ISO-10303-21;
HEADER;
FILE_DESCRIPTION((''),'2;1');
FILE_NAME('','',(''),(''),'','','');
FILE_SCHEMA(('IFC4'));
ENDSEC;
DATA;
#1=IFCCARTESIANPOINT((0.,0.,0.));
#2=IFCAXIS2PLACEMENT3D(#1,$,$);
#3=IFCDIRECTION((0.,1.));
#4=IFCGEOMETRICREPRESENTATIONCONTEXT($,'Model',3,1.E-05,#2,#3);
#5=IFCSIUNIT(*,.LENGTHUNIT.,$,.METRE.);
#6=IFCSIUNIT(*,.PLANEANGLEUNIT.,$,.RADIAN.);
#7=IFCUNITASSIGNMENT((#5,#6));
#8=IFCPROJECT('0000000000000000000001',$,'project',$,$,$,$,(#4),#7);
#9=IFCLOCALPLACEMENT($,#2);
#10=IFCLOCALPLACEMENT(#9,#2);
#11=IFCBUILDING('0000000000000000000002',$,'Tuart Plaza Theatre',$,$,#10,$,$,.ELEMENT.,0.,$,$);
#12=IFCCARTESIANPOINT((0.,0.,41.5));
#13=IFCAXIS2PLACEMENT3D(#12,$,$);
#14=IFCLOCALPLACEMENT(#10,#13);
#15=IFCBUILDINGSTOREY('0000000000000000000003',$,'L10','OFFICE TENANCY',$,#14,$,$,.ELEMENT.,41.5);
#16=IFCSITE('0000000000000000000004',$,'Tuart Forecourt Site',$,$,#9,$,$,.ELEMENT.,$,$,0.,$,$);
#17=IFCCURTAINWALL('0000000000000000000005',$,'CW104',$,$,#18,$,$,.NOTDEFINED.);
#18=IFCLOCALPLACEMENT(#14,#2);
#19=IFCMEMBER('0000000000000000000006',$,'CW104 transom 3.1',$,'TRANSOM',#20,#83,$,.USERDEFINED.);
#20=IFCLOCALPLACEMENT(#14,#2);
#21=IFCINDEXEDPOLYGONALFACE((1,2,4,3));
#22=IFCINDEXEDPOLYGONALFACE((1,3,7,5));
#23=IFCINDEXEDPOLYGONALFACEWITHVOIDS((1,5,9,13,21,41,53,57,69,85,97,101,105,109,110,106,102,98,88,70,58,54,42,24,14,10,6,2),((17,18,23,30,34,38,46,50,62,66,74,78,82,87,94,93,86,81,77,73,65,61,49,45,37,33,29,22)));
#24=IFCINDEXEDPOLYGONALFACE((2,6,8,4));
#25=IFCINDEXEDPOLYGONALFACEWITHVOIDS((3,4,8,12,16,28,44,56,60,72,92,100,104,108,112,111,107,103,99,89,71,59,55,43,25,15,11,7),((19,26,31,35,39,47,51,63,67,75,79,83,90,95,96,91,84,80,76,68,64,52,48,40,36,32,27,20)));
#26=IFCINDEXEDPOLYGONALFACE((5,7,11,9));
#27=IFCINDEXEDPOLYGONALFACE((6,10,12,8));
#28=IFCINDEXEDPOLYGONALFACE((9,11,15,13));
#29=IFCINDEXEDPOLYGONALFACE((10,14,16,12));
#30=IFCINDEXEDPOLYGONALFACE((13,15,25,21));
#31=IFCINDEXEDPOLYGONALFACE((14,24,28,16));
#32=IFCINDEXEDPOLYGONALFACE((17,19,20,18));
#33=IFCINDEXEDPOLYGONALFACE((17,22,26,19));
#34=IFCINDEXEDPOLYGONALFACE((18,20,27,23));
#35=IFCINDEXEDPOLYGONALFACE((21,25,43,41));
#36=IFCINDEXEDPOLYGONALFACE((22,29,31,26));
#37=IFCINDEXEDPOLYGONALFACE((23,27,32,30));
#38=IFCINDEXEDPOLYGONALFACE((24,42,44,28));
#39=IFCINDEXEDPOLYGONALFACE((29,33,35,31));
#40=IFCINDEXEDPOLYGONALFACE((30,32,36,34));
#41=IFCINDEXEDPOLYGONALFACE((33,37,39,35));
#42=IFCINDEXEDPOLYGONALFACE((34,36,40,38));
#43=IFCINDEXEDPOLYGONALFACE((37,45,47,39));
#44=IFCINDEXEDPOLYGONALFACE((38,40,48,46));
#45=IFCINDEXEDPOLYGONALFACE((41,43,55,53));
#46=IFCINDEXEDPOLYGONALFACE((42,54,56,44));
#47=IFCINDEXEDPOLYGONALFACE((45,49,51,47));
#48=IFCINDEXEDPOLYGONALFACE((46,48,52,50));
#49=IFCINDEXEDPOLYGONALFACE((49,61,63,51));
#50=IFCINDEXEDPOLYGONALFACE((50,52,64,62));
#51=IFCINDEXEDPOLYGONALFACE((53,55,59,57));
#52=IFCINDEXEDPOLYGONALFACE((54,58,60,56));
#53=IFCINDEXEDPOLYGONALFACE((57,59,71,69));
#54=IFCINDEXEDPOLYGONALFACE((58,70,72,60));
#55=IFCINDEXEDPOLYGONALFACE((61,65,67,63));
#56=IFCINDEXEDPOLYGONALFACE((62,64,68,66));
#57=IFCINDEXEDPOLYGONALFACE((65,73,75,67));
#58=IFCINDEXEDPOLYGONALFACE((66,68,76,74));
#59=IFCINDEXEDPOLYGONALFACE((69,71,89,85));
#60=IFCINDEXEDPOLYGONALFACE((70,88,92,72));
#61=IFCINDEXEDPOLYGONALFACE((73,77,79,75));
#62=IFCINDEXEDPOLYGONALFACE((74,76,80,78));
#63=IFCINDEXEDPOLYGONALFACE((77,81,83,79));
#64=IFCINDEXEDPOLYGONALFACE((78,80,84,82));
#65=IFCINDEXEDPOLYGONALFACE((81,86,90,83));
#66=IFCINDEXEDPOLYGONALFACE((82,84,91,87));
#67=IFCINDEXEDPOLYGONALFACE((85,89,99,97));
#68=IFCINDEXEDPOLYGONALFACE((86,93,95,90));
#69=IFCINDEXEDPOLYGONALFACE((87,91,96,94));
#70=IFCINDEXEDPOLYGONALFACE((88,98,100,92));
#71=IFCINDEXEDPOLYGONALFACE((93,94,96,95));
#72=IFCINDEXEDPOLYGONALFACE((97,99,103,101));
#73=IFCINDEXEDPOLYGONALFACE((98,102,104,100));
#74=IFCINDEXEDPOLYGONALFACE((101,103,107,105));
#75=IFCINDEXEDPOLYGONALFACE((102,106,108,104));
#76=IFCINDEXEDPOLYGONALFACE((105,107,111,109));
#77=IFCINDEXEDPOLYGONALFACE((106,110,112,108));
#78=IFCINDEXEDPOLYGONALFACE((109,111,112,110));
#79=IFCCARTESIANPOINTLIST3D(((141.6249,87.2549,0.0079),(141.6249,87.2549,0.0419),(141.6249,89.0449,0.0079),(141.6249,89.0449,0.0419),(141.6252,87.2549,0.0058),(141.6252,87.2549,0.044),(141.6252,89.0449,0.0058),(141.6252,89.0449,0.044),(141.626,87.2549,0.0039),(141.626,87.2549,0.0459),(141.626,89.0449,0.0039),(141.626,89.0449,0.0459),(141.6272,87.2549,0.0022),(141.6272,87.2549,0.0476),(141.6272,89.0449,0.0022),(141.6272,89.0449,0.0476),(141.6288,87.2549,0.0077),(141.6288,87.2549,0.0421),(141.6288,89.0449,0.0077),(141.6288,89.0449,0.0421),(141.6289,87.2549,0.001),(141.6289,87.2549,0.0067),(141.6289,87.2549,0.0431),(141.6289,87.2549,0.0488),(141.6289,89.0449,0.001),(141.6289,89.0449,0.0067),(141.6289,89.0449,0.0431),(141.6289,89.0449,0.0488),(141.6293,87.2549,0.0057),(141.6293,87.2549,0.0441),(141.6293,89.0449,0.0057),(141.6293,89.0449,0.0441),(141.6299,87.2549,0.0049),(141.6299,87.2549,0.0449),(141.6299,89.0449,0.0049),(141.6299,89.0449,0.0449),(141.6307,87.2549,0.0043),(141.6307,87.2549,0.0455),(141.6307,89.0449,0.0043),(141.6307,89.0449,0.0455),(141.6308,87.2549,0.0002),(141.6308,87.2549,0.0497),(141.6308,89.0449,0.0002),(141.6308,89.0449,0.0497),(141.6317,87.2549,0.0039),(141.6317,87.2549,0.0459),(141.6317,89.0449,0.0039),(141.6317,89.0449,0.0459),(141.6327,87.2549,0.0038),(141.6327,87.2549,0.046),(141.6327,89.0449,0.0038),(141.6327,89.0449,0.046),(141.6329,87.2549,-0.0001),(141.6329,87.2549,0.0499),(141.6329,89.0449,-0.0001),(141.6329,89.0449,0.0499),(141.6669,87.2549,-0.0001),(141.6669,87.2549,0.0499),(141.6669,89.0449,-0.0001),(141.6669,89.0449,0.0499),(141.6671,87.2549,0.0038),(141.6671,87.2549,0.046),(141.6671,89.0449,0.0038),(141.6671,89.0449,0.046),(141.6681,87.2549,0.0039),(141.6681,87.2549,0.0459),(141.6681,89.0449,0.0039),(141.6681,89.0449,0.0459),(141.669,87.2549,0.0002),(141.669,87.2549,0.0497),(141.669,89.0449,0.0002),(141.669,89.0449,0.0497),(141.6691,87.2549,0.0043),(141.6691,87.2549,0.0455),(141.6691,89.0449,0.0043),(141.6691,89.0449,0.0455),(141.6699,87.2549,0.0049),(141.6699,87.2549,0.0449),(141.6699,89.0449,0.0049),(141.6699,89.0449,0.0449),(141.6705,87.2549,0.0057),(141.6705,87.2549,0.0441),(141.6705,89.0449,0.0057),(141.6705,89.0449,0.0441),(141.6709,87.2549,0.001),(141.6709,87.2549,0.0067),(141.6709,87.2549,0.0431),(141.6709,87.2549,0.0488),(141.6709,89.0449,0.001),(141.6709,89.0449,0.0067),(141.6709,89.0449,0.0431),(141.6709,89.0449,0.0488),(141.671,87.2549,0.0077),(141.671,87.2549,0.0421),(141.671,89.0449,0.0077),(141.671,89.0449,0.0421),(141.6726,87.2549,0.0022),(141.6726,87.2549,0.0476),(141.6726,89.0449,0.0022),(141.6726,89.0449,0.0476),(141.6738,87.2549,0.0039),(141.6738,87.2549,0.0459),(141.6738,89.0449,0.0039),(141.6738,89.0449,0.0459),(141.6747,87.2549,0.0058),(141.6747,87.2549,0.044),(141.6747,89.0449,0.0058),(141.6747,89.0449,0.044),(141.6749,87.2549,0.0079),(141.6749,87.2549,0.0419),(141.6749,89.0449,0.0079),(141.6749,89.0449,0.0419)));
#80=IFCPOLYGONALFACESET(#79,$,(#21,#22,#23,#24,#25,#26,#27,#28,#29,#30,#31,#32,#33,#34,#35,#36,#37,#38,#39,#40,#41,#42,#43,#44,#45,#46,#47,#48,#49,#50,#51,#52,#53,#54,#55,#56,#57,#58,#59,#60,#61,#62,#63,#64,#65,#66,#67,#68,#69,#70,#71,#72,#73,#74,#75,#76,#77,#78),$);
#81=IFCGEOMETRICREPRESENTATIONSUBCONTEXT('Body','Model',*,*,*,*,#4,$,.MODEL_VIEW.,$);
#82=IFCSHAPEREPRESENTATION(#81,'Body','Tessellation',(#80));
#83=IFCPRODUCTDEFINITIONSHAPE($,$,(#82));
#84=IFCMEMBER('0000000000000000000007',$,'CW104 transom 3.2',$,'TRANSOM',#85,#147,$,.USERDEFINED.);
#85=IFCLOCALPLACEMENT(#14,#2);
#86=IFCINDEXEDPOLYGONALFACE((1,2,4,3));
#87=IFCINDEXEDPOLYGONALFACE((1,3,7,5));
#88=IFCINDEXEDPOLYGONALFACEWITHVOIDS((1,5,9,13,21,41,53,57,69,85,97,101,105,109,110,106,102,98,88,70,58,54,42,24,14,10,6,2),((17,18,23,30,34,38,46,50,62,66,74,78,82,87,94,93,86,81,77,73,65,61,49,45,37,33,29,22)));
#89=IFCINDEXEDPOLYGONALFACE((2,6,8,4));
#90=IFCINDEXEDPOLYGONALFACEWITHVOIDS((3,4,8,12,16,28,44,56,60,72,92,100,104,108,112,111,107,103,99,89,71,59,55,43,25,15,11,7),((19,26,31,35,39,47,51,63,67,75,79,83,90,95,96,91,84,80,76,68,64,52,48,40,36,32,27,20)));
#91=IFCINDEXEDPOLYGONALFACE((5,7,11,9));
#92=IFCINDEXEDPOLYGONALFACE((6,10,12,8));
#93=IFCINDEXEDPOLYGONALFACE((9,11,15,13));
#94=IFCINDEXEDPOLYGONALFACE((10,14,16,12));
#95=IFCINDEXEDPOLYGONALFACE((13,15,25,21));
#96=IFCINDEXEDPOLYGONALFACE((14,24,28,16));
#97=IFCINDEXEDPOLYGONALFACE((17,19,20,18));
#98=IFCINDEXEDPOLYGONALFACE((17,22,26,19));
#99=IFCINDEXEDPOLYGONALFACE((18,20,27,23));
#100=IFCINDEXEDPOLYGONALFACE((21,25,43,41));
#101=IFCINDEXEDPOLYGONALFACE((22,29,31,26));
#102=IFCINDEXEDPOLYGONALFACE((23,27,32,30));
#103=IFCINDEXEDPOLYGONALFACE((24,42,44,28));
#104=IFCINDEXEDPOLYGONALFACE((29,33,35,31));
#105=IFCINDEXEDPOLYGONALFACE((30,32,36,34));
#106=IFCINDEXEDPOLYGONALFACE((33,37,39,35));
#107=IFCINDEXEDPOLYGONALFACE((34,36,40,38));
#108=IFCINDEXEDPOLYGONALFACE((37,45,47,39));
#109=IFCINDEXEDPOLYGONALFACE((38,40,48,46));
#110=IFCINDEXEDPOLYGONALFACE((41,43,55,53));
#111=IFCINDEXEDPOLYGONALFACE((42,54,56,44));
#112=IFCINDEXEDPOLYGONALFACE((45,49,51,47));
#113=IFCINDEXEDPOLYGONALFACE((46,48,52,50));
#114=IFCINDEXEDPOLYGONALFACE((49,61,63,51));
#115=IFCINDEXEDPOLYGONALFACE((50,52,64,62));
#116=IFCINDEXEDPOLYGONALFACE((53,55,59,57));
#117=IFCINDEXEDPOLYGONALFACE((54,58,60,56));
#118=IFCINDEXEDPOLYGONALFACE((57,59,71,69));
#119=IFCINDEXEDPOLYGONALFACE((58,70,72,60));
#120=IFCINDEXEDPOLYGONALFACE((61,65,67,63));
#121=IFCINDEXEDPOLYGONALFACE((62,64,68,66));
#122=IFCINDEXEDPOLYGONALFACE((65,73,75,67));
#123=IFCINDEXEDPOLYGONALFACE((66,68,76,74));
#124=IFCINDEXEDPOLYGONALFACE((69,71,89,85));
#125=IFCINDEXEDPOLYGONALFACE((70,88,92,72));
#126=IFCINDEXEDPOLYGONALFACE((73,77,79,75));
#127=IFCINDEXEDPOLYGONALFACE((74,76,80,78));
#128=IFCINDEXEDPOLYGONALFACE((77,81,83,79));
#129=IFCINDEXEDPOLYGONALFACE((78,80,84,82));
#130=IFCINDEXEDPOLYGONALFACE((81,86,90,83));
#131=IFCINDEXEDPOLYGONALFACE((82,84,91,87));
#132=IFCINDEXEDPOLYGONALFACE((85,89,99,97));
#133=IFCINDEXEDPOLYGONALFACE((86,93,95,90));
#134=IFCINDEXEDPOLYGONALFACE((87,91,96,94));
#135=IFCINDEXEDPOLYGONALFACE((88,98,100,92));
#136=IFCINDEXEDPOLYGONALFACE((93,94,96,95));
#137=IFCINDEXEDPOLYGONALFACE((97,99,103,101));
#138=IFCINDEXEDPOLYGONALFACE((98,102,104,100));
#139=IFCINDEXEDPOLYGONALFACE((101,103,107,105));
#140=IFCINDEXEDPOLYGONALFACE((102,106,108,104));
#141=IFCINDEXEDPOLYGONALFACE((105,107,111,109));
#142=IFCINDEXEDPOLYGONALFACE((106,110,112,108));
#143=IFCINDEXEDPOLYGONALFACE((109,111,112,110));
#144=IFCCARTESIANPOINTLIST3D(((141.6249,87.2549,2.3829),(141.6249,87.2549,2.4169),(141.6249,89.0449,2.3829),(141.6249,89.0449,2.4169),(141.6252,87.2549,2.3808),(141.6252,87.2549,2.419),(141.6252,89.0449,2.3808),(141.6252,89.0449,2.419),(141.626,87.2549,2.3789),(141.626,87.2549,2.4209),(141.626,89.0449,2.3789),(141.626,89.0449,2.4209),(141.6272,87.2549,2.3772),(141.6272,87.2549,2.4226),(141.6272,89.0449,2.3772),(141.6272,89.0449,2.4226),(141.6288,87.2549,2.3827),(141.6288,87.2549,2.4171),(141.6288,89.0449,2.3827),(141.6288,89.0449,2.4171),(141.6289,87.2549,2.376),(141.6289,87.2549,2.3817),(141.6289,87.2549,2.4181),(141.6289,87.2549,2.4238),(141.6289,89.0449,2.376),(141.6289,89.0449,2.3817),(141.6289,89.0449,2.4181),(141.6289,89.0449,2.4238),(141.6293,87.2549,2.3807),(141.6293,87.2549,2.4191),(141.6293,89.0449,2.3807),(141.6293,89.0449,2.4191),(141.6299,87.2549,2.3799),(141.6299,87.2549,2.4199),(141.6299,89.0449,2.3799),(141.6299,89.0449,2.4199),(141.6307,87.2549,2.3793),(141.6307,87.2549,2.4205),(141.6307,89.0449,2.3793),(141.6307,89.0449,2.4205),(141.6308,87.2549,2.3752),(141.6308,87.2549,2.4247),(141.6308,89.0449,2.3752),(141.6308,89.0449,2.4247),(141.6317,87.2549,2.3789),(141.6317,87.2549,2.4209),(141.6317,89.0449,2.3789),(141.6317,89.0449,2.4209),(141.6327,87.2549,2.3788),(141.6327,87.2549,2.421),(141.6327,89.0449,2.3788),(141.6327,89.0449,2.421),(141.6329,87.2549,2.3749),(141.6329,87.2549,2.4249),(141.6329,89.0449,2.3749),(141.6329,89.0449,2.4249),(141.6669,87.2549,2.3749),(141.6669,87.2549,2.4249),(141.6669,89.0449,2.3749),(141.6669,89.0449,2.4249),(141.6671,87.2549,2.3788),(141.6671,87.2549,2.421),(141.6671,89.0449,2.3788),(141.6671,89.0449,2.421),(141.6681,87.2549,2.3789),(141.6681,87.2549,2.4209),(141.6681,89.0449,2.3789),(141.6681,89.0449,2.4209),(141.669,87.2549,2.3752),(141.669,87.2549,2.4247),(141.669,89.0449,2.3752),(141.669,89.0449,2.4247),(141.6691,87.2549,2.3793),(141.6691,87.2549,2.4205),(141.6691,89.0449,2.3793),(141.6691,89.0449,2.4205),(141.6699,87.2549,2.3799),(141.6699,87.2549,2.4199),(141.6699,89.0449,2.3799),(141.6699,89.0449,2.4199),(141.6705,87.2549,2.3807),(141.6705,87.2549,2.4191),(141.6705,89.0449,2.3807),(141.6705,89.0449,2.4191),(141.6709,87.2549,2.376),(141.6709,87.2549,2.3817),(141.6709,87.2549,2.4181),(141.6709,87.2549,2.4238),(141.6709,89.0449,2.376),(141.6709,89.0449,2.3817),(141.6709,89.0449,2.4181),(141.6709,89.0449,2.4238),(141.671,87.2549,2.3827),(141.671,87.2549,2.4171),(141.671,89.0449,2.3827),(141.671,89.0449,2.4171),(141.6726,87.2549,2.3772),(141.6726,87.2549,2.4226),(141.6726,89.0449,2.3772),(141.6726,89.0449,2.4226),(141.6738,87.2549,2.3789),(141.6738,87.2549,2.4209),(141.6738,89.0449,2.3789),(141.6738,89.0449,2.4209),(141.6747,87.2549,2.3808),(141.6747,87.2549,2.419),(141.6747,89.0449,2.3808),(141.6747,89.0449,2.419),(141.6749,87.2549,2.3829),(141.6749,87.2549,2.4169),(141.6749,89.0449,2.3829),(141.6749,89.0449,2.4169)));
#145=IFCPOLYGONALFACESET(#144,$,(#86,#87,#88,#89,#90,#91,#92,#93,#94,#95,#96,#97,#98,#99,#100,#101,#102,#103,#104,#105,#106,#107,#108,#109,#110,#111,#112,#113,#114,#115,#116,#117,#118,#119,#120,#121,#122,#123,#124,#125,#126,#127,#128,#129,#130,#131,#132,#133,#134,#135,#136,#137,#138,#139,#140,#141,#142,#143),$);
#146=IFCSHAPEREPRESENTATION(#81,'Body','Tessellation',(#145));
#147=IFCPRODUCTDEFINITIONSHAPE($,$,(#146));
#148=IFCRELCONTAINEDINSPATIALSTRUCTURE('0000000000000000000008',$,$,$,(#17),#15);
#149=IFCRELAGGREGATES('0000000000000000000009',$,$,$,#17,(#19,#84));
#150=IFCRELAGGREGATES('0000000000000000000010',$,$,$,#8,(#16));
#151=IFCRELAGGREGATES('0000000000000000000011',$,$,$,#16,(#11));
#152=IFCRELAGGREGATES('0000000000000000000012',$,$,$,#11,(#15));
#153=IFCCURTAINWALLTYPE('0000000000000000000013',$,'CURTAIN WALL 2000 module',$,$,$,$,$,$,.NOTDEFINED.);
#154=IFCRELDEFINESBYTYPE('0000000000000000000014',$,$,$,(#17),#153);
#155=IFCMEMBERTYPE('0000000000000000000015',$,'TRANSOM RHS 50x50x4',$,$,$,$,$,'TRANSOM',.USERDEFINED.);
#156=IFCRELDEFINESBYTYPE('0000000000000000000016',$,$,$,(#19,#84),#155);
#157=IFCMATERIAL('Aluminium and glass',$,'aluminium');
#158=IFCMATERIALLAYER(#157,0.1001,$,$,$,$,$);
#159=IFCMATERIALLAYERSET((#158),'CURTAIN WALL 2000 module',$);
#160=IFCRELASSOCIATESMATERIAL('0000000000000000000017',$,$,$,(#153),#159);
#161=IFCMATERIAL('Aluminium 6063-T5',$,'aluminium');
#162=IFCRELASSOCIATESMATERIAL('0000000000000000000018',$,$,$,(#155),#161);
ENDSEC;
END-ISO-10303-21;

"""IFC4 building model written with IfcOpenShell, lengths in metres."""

from ifc_helpers import new_model, si_unit, direction, frame, origin, origin_2d, place, context, subcontext, project, spatial, hollow_rectangle, extrude, material, layer, layer_set, material_profile, profile_set, type_object, element, aggregate, save


model = new_model("IFC4")

# Units and contexts
model_context = context("Model", 3, precision=1e-05, world=origin(), true_north=direction((0.0, 1.0)))
body_context = subcontext(model_context, "Body", "Model", "MODEL_VIEW")
ifc_project = project(units=[si_unit("LENGTHUNIT", "METRE"), si_unit("PLANEANGLEUNIT", "RADIAN")], contexts=[model_context])

# Site, building, storey
site_placement = place(None, origin())
site = spatial("IfcSite", under=ifc_project, at=site_placement, Name="Tuart Forecourt Site", CompositionType="ELEMENT", RefElevation=0.0)
building_placement = place(site_placement, origin())
building = spatial("IfcBuilding", under=site, at=building_placement, Name="Tuart Plaza Theatre", CompositionType="ELEMENT", ElevationOfRefHeight=0.0)
storey_placement = place(building_placement, frame((0.0, 0.0, 41.5)))
storey = spatial("IfcBuildingStorey", under=building, at=storey_placement, Name="L10", Description="OFFICE TENANCY", CompositionType="ELEMENT", Elevation=41.5)

# Shared definitions
ifc_material_1 = material(Name="Aluminium and glass", Category="aluminium")
ifc_layer_1 = layer(ifc_material_1, 0.1001)
ifc_layer_set_1 = layer_set([ifc_layer_1], Name="CURTAIN WALL 2000 module")
curtain_wall_type = type_object("IfcCurtainWallType", Name="CURTAIN WALL 2000 module", PredefinedType="NOTDEFINED", material=ifc_layer_set_1)

# Curtain wall
curtain_wall_1_placement = place(storey_placement, origin())
curtain_wall_1 = element("IfcCurtainWall", 1, at=curtain_wall_1_placement, inside=storey, type_object=curtain_wall_type, Name="CW104", PredefinedType="NOTDEFINED")

# Members
ifc_material_2 = material(Name="Aluminium 6063-T5", Category="aluminium")
ifc_material_profile_1 = material_profile(ifc_material_2, hollow_rectangle(XDim=0.05, YDim=0.05, WallThickness=0.0039, InnerFilletRadius=0.0039, OuterFilletRadius=0.0081, at=origin_2d()), Name="RHS 50x50x4")
ifc_profile_set_1 = profile_set([ifc_material_profile_1], Name="Aluminium 6063-T5")
member_type_1 = type_object("IfcMemberType", Name="TRANSOM RHS 50x50x4", ElementType="TRANSOM", PredefinedType="USERDEFINED", material=ifc_profile_set_1)
member_1_placement = place(storey_placement, frame((141.6499, 87.2549, 0.0249), z_axis=(0.0, 1.0, 0.0), x_axis=(-1.0, 0.0, 0.0)))
member_1 = element("IfcMember", 2, at=member_1_placement, type_object=member_type_1, Name="CW104 transom 3.1", ObjectType="TRANSOM", PredefinedType="USERDEFINED", context=body_context, shape_type="SweptSolid", body=[
    extrude(hollow_rectangle(XDim=0.05, YDim=0.05, WallThickness=0.0039, InnerFilletRadius=0.0039, OuterFilletRadius=0.0081, at=origin_2d()), origin(), (0.0, 0.0, 1.0), 1.79),
])
member_2_placement = place(storey_placement, frame((141.6499, 87.2549, 2.3999), z_axis=(0.0, 1.0, 0.0), x_axis=(-1.0, 0.0, 0.0)))
member_2 = element("IfcMember", 3, at=member_2_placement, type_object=member_type_1, Name="CW104 transom 3.2", ObjectType="TRANSOM", PredefinedType="USERDEFINED", context=body_context, shape_type="SweptSolid", body=[
    extrude(hollow_rectangle(XDim=0.05, YDim=0.05, WallThickness=0.0039, InnerFilletRadius=0.0039, OuterFilletRadius=0.0081, at=origin_2d()), origin(), (0.0, 0.0, 1.0), 1.79),
])

aggregate(curtain_wall_1, [member_1, member_2])

save(model, "model.ifc")
